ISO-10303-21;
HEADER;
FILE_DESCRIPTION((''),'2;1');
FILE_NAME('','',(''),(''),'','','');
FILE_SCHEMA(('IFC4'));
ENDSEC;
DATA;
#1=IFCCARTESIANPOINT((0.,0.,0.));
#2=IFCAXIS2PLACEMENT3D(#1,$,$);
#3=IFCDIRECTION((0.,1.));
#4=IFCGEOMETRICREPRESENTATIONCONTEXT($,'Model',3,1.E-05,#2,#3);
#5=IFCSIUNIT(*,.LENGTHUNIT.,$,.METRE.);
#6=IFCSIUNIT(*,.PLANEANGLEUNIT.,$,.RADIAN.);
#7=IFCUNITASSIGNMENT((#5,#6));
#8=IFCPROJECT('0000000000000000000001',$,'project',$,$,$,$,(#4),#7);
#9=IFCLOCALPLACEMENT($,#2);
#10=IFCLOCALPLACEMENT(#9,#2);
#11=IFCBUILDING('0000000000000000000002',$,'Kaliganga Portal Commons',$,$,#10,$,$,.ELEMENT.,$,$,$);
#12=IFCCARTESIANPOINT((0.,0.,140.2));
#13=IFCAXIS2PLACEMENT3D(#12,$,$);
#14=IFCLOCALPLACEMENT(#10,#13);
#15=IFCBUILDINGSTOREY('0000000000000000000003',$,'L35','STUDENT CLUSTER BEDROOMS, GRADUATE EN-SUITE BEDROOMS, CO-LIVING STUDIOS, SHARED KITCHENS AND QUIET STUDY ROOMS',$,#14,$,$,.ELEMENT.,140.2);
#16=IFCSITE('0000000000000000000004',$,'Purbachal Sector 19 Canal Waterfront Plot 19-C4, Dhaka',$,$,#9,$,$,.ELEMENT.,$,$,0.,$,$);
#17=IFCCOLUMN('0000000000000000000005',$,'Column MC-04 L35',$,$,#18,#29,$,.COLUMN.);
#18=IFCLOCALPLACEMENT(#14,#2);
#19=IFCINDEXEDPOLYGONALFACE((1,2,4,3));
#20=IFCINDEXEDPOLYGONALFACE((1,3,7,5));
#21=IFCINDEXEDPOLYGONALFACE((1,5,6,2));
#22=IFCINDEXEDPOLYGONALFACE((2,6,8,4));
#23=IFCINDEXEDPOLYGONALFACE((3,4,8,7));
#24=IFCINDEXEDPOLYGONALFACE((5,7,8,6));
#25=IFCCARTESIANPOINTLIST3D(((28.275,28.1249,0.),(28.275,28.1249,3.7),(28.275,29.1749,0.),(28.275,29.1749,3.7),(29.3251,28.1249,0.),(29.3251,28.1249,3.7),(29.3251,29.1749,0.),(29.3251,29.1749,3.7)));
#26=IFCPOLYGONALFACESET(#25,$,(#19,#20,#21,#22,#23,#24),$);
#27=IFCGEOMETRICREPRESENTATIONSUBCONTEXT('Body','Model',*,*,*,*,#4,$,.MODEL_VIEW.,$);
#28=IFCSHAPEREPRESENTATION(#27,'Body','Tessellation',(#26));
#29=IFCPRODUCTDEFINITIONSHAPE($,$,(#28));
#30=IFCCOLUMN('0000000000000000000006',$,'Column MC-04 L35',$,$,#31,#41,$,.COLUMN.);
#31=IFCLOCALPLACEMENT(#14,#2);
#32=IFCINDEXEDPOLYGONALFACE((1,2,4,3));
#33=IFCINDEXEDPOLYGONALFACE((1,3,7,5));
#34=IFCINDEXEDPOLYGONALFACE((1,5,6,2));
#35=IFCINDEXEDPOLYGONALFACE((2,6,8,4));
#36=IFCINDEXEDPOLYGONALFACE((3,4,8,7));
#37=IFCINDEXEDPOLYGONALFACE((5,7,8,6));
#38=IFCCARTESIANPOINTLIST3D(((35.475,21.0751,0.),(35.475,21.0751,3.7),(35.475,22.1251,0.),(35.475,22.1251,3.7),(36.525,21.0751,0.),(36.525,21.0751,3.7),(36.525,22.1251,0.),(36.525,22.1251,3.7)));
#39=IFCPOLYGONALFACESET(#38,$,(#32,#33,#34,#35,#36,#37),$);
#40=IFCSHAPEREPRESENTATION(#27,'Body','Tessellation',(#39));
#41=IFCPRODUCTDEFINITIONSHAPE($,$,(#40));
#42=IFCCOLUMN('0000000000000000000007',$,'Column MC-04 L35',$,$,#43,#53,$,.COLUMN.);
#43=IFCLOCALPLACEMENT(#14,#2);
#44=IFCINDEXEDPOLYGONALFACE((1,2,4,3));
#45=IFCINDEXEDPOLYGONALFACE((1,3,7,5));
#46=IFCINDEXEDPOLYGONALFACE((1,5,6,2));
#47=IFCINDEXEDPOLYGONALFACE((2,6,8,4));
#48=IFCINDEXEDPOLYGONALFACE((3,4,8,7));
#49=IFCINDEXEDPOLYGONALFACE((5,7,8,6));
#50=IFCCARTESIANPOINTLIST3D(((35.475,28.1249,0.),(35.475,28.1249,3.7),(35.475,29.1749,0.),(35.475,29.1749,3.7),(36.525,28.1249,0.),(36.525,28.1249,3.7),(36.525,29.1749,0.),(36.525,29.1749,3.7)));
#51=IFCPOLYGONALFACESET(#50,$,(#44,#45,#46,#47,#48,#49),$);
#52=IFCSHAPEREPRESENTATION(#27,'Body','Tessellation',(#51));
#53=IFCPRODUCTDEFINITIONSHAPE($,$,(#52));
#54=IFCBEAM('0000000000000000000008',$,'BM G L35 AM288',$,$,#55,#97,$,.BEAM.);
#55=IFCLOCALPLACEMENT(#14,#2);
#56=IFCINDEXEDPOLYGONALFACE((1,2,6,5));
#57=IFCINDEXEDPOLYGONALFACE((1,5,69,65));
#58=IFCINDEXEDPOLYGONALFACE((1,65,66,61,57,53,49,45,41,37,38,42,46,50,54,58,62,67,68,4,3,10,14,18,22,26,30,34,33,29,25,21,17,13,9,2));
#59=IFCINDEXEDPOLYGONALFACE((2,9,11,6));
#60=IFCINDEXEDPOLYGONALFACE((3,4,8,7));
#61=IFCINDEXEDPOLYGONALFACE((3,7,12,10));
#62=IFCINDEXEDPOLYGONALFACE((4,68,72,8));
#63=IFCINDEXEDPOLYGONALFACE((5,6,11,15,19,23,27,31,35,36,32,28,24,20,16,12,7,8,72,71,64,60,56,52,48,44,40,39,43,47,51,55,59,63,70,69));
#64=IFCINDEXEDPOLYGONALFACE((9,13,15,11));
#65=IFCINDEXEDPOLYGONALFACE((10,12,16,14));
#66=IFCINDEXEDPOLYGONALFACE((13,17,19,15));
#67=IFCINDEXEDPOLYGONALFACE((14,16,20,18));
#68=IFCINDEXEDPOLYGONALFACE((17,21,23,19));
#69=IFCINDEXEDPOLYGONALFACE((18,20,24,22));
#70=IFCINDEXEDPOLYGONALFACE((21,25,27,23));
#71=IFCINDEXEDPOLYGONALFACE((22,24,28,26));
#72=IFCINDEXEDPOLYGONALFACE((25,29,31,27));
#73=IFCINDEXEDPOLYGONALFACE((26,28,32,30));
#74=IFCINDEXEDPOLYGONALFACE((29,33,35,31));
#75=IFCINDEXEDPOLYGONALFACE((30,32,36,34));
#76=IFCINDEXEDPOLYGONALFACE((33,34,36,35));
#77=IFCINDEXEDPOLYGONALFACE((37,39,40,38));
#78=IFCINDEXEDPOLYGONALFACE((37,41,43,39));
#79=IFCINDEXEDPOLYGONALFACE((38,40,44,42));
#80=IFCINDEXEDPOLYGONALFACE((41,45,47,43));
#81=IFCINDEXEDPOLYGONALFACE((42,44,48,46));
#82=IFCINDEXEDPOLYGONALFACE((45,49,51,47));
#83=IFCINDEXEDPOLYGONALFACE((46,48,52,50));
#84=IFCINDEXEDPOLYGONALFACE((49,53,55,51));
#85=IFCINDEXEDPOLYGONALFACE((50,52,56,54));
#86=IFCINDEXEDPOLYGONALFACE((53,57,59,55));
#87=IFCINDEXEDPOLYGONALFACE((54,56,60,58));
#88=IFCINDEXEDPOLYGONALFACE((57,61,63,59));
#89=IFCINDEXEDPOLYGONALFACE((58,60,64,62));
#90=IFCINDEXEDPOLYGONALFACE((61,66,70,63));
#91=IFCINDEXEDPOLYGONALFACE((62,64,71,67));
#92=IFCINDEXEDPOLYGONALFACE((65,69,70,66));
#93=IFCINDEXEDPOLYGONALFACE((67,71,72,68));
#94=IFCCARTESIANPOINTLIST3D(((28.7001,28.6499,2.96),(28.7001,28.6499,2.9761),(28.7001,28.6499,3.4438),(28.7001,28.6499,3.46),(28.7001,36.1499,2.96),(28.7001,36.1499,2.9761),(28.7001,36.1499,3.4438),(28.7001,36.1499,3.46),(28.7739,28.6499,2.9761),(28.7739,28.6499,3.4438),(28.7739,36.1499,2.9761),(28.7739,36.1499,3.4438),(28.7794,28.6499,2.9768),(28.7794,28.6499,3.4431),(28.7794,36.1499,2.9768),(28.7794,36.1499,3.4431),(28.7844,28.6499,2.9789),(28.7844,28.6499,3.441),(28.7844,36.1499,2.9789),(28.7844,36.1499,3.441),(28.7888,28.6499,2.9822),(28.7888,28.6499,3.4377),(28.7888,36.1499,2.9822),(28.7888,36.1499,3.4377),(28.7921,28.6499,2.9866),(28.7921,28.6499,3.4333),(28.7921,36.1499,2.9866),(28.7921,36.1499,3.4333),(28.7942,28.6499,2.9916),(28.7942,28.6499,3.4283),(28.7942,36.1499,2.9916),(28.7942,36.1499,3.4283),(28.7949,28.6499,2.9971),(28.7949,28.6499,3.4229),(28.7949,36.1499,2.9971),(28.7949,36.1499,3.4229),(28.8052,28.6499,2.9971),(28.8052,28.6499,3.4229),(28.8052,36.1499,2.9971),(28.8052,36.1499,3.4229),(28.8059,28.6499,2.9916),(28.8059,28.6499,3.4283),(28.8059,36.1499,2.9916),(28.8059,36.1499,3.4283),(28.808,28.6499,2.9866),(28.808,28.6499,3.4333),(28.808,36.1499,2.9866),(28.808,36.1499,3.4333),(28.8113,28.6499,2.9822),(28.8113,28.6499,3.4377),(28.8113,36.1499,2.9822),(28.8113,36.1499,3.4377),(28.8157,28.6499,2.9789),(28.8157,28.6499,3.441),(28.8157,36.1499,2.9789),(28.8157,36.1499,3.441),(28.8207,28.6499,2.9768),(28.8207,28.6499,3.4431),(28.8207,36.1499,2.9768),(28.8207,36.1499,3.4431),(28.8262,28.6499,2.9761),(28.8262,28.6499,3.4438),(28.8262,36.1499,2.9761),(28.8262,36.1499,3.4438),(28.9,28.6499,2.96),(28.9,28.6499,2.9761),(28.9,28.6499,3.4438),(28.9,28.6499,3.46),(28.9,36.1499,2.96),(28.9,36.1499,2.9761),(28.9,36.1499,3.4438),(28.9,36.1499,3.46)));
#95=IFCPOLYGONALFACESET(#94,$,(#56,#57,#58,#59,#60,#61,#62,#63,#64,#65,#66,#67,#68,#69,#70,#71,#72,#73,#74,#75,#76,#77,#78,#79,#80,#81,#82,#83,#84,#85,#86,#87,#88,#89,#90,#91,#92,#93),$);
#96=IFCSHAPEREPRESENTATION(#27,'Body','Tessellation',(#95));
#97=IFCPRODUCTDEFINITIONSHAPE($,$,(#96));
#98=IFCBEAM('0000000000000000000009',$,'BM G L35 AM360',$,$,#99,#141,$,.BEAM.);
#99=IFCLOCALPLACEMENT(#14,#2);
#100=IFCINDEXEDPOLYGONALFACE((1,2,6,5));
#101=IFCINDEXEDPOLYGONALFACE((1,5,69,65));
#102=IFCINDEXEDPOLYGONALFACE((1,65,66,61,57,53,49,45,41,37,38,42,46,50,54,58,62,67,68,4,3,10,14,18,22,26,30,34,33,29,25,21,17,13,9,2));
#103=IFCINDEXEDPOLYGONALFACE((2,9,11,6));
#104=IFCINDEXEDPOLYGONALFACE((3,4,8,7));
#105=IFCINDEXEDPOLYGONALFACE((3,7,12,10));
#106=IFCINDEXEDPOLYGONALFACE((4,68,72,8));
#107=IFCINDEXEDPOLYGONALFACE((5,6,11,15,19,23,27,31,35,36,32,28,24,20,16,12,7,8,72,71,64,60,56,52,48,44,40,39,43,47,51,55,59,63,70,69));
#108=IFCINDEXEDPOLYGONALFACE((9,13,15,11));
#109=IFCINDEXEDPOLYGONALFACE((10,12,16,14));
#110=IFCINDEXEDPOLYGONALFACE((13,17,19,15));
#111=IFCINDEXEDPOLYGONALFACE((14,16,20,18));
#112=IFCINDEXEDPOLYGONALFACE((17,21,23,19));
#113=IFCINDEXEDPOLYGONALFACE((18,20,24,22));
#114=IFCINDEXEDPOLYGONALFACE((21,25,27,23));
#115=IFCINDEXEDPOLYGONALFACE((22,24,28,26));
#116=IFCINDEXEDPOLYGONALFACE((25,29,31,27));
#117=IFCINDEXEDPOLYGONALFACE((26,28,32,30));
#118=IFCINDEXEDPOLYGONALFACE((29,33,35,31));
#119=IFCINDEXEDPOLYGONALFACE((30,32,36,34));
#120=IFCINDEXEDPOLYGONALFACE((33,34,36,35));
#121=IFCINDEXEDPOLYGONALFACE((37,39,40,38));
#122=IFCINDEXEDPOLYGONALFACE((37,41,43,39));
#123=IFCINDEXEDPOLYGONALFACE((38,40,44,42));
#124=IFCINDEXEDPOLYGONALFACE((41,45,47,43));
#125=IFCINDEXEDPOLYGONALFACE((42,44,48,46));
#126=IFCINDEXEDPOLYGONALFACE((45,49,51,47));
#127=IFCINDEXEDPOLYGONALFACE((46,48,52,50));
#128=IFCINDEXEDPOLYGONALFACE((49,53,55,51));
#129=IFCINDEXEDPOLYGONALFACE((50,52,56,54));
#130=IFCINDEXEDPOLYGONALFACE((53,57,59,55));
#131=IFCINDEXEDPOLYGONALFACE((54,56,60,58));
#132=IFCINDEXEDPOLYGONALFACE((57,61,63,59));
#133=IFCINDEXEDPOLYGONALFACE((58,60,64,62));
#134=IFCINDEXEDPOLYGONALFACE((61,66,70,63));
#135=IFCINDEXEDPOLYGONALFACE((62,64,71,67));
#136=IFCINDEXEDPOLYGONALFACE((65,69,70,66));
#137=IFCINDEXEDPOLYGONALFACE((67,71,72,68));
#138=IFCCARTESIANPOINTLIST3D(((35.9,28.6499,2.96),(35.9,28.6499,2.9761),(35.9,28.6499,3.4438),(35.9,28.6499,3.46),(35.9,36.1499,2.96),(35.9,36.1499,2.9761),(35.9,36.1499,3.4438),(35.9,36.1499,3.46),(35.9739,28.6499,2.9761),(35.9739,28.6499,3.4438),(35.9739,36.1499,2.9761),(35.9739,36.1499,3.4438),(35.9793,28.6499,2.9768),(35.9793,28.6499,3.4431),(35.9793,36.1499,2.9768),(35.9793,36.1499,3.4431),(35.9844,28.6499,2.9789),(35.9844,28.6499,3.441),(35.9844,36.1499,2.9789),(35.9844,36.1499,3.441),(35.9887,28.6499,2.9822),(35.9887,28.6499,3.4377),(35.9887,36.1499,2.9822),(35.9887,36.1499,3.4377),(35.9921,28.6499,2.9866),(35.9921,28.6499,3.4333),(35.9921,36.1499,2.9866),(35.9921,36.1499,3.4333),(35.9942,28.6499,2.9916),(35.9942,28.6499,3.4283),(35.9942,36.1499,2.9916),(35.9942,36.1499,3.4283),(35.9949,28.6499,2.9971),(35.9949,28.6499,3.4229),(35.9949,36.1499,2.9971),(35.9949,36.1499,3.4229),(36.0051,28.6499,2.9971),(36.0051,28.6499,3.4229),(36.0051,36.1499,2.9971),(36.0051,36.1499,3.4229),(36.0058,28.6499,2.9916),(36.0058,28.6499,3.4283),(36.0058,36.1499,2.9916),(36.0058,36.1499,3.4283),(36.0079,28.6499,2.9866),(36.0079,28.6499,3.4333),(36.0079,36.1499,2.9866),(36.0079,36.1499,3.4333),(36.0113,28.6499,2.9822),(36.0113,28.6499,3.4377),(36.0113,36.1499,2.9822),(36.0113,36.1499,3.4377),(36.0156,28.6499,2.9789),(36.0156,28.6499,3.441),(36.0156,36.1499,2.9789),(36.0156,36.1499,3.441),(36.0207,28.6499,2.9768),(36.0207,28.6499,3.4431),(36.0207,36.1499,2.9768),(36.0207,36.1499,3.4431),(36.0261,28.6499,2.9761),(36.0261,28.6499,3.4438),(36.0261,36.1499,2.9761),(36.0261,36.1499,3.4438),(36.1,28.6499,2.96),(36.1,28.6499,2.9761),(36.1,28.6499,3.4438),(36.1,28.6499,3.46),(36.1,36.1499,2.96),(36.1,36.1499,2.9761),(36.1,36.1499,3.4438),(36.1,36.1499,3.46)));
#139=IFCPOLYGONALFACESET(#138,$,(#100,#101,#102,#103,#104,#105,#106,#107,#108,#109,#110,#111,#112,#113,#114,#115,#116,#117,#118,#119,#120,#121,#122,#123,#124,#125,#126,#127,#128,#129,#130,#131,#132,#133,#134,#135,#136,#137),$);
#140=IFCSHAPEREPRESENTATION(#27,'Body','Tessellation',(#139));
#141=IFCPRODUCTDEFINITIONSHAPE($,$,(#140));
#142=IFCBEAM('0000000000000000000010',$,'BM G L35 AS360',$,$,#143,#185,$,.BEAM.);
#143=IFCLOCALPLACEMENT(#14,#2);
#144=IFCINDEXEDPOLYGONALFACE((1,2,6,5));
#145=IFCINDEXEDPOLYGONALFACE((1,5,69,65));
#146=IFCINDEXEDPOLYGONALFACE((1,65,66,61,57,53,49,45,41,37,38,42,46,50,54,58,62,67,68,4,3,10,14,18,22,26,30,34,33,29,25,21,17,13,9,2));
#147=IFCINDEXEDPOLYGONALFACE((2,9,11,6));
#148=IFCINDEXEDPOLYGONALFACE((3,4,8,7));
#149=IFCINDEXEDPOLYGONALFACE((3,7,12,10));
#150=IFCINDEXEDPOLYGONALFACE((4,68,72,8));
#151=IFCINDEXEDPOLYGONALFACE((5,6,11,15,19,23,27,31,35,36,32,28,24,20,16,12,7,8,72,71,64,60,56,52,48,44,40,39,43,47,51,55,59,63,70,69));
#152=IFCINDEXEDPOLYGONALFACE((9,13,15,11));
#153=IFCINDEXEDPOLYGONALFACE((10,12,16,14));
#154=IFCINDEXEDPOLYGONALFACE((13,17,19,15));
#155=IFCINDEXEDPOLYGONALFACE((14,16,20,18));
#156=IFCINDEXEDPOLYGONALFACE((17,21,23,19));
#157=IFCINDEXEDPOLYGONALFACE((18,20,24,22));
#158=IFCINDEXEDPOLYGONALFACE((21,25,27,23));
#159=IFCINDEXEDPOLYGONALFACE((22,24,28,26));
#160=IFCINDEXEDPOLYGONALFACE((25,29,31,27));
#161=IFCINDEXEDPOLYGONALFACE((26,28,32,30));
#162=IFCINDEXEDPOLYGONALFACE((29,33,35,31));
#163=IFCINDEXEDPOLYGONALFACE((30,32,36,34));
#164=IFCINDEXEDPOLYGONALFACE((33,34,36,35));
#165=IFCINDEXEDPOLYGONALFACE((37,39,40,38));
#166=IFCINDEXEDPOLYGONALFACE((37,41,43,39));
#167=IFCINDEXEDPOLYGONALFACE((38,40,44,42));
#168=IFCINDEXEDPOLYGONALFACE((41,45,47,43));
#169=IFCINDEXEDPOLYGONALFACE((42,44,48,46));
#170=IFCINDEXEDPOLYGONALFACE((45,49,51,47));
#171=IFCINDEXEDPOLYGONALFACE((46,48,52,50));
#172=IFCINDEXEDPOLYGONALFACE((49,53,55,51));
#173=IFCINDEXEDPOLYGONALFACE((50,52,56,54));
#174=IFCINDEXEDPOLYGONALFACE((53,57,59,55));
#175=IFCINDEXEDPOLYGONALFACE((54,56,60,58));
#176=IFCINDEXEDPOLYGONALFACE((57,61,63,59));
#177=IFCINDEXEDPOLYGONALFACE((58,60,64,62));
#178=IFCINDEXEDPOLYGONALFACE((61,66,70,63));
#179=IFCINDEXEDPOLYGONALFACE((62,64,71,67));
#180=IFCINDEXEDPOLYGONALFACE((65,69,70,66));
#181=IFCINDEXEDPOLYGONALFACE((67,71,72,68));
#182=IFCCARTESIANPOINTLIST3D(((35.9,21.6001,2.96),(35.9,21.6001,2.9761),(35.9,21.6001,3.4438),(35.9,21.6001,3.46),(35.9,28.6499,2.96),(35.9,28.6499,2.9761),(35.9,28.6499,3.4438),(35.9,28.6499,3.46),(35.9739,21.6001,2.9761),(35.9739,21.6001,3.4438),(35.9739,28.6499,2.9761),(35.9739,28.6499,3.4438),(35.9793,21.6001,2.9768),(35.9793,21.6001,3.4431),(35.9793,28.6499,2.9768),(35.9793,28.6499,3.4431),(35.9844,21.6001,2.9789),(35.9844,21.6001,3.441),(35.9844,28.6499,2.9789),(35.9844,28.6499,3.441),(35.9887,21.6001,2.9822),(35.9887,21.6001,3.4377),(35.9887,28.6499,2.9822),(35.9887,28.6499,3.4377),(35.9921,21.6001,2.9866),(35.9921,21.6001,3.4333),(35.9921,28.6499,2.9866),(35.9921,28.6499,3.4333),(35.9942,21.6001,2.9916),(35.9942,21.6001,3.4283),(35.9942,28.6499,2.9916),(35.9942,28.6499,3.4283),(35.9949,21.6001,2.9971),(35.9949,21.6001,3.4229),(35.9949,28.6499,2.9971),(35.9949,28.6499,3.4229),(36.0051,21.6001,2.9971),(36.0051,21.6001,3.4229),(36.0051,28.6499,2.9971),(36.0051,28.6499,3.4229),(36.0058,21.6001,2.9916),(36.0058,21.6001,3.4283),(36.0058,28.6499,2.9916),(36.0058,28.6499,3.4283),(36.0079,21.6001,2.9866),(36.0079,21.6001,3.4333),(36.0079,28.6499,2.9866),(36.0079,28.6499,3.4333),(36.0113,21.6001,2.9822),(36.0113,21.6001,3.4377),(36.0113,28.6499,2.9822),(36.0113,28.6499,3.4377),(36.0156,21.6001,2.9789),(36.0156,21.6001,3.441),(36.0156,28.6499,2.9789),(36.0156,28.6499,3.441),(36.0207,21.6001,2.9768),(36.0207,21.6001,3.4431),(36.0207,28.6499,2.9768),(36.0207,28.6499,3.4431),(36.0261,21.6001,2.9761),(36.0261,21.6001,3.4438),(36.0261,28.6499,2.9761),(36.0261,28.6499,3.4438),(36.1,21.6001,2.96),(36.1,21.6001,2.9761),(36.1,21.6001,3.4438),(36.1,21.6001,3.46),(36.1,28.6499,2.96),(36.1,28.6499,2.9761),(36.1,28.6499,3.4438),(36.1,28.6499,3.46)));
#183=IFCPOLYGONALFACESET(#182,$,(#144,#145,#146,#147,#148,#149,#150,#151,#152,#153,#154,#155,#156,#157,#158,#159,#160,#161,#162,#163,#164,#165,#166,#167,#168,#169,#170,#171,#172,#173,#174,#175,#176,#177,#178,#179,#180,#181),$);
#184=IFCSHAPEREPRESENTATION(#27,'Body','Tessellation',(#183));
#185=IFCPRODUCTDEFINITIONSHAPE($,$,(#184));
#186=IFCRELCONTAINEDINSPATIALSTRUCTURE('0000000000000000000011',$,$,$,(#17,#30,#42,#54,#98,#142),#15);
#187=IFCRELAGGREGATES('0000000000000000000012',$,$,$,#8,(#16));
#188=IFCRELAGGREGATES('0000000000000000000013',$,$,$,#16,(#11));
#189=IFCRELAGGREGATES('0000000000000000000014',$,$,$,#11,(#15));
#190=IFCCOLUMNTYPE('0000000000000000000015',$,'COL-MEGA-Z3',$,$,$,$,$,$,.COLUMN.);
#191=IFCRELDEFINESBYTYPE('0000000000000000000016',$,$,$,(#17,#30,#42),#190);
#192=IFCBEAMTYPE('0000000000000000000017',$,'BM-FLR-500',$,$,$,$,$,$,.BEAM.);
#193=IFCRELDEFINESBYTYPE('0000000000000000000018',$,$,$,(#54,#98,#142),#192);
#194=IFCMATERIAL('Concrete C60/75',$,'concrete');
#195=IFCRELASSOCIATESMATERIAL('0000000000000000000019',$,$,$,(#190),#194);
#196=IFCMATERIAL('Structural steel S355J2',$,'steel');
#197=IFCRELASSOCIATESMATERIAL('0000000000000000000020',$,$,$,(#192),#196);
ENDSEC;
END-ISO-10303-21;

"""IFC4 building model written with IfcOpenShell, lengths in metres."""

from ifc_helpers import new_model, si_unit, direction, frame, origin, origin_2d, place, context, subcontext, project, spatial, rectangle, i_section, extrude, source, transform, mapped, material, material_profile, profile_set, type_object, element, save


model = new_model("IFC4")

# Units and contexts
model_context = context("Model", 3, precision=1e-05, world=origin(), true_north=direction((0.0, 1.0)))
body_context = subcontext(model_context, "Body", "Model", "MODEL_VIEW")
ifc_project = project(units=[si_unit("LENGTHUNIT", "METRE"), si_unit("PLANEANGLEUNIT", "RADIAN")], contexts=[model_context])

# Site, building, storey
site_placement = place(None, origin())
site = spatial("IfcSite", under=ifc_project, at=site_placement, Name="Purbachal Sector 19 Canal Waterfront Plot 19-C4, Dhaka", CompositionType="ELEMENT", RefElevation=0.0)
building_placement = place(site_placement, origin())
building = spatial("IfcBuilding", under=site, at=building_placement, Name="Kaliganga Portal Commons", CompositionType="ELEMENT")
storey_placement = place(building_placement, frame((0.0, 0.0, 140.2)))
storey = spatial("IfcBuildingStorey", under=building, at=storey_placement, Name="L35", Description="STUDENT CLUSTER BEDROOMS, GRADUATE EN-SUITE BEDROOMS, CO-LIVING STUDIOS, SHARED KITCHENS AND QUIET STUDY ROOMS", CompositionType="ELEMENT", Elevation=140.2)

# Columns
ifc_material_1 = material(Name="Concrete C60/75", Category="concrete")
ifc_material_profile_1 = material_profile(ifc_material_1, rectangle(XDim=1.05, YDim=1.05, at=origin_2d()), Name="RC 1050x1050")
ifc_profile_set_1 = profile_set([ifc_material_profile_1], Name="Concrete C60/75")
column_type = type_object("IfcColumnType", Name="COL-MEGA-Z3", PredefinedType="COLUMN", material=ifc_profile_set_1)
shared_shape_1 = source(origin(), body_context, "Body", "SweptSolid", [
    extrude(rectangle(XDim=1.05, YDim=1.05, at=origin_2d()), origin(), (0.0, 0.0, 1.0), 3.7),
])
for number, where, z_axis, x_axis, name in (
    (1, (28.8, 28.6499, 0.0), (0.0, 0.0, 1.0), (1.0, 0.0, 0.0), "Column MC-04 L35"),
    (2, (36.0, 21.6001, 0.0), (0.0, 0.0, 1.0), (1.0, 0.0, 0.0), "Column MC-04 L35"),
    (3, (36.0, 28.6499, 0.0), (0.0, 0.0, 1.0), (1.0, 0.0, 0.0), "Column MC-04 L35"),
):
    element("IfcColumn", number, at=place(storey_placement, frame(where, z_axis=z_axis, x_axis=x_axis)), inside=storey, type_object=column_type, Name=name, PredefinedType="COLUMN", context=body_context, shape_type="MappedRepresentation", body=[
        mapped(shared_shape_1, transform((0.0, 0.0, 0.0), x_axis=(1.0, 0.0, 0.0), y_axis=(0.0, 1.0, 0.0), z_axis=(0.0, 0.0, 1.0), scale=1.0)),
    ])

# Beams
ifc_material_2 = material(Name="Structural steel S355J2", Category="steel")
ifc_material_profile_2 = material_profile(ifc_material_2, i_section(OverallWidth=0.2, OverallDepth=0.5, WebThickness=0.0103, FlangeThickness=0.0161, FilletRadius=0.021, at=origin_2d()), Name="IPE 500")
ifc_profile_set_2 = profile_set([ifc_material_profile_2], Name="Structural steel S355J2 wide-flange")
beam_type_1 = type_object("IfcBeamType", Name="BM-FLR-500", PredefinedType="BEAM", material=ifc_profile_set_2)
shared_shape_2 = source(origin(), body_context, "Body", "SweptSolid", [
    extrude(i_section(OverallWidth=0.2, OverallDepth=0.5, WebThickness=0.0103, FlangeThickness=0.0161, FilletRadius=0.021, at=origin_2d()), origin(), (0.0, 0.0, 1.0), 7.5),
])
for number, where, z_axis, x_axis, name in (
    (4, (28.8, 28.6499, 3.21), (0.0, 1.0, 0.0), (-1.0, 0.0, 0.0), "BM G L35 AM288"),
    (5, (36.0, 28.6499, 3.21), (0.0, 1.0, 0.0), (-1.0, 0.0, 0.0), "BM G L35 AM360"),
):
    element("IfcBeam", number, at=place(storey_placement, frame(where, z_axis=z_axis, x_axis=x_axis)), inside=storey, type_object=beam_type_1, Name=name, PredefinedType="BEAM", context=body_context, shape_type="MappedRepresentation", body=[
        mapped(shared_shape_2, transform((0.0, 0.0, 0.0), x_axis=(1.0, 0.0, 0.0), y_axis=(0.0, 1.0, 0.0), z_axis=(0.0, 0.0, 1.0), scale=1.0)),
    ])
shared_shape_3 = source(origin(), body_context, "Body", "SweptSolid", [
    extrude(i_section(OverallWidth=0.2, OverallDepth=0.5, WebThickness=0.0103, FlangeThickness=0.0161, FilletRadius=0.021, at=origin_2d()), origin(), (0.0, 0.0, 1.0), 7.0498),
])
beam_1_placement = place(storey_placement, frame((36.0, 21.6001, 3.21), z_axis=(0.0, 1.0, 0.0), x_axis=(-1.0, 0.0, 0.0)))
element("IfcBeam", 6, at=beam_1_placement, inside=storey, type_object=beam_type_1, Name="BM G L35 AS360", PredefinedType="BEAM", context=body_context, shape_type="MappedRepresentation", body=[
    mapped(shared_shape_3, transform((0.0, 0.0, 0.0), x_axis=(1.0, 0.0, 0.0), y_axis=(0.0, 1.0, 0.0), z_axis=(0.0, 0.0, 1.0), scale=1.0)),
])

save(model, "model.ifc")
